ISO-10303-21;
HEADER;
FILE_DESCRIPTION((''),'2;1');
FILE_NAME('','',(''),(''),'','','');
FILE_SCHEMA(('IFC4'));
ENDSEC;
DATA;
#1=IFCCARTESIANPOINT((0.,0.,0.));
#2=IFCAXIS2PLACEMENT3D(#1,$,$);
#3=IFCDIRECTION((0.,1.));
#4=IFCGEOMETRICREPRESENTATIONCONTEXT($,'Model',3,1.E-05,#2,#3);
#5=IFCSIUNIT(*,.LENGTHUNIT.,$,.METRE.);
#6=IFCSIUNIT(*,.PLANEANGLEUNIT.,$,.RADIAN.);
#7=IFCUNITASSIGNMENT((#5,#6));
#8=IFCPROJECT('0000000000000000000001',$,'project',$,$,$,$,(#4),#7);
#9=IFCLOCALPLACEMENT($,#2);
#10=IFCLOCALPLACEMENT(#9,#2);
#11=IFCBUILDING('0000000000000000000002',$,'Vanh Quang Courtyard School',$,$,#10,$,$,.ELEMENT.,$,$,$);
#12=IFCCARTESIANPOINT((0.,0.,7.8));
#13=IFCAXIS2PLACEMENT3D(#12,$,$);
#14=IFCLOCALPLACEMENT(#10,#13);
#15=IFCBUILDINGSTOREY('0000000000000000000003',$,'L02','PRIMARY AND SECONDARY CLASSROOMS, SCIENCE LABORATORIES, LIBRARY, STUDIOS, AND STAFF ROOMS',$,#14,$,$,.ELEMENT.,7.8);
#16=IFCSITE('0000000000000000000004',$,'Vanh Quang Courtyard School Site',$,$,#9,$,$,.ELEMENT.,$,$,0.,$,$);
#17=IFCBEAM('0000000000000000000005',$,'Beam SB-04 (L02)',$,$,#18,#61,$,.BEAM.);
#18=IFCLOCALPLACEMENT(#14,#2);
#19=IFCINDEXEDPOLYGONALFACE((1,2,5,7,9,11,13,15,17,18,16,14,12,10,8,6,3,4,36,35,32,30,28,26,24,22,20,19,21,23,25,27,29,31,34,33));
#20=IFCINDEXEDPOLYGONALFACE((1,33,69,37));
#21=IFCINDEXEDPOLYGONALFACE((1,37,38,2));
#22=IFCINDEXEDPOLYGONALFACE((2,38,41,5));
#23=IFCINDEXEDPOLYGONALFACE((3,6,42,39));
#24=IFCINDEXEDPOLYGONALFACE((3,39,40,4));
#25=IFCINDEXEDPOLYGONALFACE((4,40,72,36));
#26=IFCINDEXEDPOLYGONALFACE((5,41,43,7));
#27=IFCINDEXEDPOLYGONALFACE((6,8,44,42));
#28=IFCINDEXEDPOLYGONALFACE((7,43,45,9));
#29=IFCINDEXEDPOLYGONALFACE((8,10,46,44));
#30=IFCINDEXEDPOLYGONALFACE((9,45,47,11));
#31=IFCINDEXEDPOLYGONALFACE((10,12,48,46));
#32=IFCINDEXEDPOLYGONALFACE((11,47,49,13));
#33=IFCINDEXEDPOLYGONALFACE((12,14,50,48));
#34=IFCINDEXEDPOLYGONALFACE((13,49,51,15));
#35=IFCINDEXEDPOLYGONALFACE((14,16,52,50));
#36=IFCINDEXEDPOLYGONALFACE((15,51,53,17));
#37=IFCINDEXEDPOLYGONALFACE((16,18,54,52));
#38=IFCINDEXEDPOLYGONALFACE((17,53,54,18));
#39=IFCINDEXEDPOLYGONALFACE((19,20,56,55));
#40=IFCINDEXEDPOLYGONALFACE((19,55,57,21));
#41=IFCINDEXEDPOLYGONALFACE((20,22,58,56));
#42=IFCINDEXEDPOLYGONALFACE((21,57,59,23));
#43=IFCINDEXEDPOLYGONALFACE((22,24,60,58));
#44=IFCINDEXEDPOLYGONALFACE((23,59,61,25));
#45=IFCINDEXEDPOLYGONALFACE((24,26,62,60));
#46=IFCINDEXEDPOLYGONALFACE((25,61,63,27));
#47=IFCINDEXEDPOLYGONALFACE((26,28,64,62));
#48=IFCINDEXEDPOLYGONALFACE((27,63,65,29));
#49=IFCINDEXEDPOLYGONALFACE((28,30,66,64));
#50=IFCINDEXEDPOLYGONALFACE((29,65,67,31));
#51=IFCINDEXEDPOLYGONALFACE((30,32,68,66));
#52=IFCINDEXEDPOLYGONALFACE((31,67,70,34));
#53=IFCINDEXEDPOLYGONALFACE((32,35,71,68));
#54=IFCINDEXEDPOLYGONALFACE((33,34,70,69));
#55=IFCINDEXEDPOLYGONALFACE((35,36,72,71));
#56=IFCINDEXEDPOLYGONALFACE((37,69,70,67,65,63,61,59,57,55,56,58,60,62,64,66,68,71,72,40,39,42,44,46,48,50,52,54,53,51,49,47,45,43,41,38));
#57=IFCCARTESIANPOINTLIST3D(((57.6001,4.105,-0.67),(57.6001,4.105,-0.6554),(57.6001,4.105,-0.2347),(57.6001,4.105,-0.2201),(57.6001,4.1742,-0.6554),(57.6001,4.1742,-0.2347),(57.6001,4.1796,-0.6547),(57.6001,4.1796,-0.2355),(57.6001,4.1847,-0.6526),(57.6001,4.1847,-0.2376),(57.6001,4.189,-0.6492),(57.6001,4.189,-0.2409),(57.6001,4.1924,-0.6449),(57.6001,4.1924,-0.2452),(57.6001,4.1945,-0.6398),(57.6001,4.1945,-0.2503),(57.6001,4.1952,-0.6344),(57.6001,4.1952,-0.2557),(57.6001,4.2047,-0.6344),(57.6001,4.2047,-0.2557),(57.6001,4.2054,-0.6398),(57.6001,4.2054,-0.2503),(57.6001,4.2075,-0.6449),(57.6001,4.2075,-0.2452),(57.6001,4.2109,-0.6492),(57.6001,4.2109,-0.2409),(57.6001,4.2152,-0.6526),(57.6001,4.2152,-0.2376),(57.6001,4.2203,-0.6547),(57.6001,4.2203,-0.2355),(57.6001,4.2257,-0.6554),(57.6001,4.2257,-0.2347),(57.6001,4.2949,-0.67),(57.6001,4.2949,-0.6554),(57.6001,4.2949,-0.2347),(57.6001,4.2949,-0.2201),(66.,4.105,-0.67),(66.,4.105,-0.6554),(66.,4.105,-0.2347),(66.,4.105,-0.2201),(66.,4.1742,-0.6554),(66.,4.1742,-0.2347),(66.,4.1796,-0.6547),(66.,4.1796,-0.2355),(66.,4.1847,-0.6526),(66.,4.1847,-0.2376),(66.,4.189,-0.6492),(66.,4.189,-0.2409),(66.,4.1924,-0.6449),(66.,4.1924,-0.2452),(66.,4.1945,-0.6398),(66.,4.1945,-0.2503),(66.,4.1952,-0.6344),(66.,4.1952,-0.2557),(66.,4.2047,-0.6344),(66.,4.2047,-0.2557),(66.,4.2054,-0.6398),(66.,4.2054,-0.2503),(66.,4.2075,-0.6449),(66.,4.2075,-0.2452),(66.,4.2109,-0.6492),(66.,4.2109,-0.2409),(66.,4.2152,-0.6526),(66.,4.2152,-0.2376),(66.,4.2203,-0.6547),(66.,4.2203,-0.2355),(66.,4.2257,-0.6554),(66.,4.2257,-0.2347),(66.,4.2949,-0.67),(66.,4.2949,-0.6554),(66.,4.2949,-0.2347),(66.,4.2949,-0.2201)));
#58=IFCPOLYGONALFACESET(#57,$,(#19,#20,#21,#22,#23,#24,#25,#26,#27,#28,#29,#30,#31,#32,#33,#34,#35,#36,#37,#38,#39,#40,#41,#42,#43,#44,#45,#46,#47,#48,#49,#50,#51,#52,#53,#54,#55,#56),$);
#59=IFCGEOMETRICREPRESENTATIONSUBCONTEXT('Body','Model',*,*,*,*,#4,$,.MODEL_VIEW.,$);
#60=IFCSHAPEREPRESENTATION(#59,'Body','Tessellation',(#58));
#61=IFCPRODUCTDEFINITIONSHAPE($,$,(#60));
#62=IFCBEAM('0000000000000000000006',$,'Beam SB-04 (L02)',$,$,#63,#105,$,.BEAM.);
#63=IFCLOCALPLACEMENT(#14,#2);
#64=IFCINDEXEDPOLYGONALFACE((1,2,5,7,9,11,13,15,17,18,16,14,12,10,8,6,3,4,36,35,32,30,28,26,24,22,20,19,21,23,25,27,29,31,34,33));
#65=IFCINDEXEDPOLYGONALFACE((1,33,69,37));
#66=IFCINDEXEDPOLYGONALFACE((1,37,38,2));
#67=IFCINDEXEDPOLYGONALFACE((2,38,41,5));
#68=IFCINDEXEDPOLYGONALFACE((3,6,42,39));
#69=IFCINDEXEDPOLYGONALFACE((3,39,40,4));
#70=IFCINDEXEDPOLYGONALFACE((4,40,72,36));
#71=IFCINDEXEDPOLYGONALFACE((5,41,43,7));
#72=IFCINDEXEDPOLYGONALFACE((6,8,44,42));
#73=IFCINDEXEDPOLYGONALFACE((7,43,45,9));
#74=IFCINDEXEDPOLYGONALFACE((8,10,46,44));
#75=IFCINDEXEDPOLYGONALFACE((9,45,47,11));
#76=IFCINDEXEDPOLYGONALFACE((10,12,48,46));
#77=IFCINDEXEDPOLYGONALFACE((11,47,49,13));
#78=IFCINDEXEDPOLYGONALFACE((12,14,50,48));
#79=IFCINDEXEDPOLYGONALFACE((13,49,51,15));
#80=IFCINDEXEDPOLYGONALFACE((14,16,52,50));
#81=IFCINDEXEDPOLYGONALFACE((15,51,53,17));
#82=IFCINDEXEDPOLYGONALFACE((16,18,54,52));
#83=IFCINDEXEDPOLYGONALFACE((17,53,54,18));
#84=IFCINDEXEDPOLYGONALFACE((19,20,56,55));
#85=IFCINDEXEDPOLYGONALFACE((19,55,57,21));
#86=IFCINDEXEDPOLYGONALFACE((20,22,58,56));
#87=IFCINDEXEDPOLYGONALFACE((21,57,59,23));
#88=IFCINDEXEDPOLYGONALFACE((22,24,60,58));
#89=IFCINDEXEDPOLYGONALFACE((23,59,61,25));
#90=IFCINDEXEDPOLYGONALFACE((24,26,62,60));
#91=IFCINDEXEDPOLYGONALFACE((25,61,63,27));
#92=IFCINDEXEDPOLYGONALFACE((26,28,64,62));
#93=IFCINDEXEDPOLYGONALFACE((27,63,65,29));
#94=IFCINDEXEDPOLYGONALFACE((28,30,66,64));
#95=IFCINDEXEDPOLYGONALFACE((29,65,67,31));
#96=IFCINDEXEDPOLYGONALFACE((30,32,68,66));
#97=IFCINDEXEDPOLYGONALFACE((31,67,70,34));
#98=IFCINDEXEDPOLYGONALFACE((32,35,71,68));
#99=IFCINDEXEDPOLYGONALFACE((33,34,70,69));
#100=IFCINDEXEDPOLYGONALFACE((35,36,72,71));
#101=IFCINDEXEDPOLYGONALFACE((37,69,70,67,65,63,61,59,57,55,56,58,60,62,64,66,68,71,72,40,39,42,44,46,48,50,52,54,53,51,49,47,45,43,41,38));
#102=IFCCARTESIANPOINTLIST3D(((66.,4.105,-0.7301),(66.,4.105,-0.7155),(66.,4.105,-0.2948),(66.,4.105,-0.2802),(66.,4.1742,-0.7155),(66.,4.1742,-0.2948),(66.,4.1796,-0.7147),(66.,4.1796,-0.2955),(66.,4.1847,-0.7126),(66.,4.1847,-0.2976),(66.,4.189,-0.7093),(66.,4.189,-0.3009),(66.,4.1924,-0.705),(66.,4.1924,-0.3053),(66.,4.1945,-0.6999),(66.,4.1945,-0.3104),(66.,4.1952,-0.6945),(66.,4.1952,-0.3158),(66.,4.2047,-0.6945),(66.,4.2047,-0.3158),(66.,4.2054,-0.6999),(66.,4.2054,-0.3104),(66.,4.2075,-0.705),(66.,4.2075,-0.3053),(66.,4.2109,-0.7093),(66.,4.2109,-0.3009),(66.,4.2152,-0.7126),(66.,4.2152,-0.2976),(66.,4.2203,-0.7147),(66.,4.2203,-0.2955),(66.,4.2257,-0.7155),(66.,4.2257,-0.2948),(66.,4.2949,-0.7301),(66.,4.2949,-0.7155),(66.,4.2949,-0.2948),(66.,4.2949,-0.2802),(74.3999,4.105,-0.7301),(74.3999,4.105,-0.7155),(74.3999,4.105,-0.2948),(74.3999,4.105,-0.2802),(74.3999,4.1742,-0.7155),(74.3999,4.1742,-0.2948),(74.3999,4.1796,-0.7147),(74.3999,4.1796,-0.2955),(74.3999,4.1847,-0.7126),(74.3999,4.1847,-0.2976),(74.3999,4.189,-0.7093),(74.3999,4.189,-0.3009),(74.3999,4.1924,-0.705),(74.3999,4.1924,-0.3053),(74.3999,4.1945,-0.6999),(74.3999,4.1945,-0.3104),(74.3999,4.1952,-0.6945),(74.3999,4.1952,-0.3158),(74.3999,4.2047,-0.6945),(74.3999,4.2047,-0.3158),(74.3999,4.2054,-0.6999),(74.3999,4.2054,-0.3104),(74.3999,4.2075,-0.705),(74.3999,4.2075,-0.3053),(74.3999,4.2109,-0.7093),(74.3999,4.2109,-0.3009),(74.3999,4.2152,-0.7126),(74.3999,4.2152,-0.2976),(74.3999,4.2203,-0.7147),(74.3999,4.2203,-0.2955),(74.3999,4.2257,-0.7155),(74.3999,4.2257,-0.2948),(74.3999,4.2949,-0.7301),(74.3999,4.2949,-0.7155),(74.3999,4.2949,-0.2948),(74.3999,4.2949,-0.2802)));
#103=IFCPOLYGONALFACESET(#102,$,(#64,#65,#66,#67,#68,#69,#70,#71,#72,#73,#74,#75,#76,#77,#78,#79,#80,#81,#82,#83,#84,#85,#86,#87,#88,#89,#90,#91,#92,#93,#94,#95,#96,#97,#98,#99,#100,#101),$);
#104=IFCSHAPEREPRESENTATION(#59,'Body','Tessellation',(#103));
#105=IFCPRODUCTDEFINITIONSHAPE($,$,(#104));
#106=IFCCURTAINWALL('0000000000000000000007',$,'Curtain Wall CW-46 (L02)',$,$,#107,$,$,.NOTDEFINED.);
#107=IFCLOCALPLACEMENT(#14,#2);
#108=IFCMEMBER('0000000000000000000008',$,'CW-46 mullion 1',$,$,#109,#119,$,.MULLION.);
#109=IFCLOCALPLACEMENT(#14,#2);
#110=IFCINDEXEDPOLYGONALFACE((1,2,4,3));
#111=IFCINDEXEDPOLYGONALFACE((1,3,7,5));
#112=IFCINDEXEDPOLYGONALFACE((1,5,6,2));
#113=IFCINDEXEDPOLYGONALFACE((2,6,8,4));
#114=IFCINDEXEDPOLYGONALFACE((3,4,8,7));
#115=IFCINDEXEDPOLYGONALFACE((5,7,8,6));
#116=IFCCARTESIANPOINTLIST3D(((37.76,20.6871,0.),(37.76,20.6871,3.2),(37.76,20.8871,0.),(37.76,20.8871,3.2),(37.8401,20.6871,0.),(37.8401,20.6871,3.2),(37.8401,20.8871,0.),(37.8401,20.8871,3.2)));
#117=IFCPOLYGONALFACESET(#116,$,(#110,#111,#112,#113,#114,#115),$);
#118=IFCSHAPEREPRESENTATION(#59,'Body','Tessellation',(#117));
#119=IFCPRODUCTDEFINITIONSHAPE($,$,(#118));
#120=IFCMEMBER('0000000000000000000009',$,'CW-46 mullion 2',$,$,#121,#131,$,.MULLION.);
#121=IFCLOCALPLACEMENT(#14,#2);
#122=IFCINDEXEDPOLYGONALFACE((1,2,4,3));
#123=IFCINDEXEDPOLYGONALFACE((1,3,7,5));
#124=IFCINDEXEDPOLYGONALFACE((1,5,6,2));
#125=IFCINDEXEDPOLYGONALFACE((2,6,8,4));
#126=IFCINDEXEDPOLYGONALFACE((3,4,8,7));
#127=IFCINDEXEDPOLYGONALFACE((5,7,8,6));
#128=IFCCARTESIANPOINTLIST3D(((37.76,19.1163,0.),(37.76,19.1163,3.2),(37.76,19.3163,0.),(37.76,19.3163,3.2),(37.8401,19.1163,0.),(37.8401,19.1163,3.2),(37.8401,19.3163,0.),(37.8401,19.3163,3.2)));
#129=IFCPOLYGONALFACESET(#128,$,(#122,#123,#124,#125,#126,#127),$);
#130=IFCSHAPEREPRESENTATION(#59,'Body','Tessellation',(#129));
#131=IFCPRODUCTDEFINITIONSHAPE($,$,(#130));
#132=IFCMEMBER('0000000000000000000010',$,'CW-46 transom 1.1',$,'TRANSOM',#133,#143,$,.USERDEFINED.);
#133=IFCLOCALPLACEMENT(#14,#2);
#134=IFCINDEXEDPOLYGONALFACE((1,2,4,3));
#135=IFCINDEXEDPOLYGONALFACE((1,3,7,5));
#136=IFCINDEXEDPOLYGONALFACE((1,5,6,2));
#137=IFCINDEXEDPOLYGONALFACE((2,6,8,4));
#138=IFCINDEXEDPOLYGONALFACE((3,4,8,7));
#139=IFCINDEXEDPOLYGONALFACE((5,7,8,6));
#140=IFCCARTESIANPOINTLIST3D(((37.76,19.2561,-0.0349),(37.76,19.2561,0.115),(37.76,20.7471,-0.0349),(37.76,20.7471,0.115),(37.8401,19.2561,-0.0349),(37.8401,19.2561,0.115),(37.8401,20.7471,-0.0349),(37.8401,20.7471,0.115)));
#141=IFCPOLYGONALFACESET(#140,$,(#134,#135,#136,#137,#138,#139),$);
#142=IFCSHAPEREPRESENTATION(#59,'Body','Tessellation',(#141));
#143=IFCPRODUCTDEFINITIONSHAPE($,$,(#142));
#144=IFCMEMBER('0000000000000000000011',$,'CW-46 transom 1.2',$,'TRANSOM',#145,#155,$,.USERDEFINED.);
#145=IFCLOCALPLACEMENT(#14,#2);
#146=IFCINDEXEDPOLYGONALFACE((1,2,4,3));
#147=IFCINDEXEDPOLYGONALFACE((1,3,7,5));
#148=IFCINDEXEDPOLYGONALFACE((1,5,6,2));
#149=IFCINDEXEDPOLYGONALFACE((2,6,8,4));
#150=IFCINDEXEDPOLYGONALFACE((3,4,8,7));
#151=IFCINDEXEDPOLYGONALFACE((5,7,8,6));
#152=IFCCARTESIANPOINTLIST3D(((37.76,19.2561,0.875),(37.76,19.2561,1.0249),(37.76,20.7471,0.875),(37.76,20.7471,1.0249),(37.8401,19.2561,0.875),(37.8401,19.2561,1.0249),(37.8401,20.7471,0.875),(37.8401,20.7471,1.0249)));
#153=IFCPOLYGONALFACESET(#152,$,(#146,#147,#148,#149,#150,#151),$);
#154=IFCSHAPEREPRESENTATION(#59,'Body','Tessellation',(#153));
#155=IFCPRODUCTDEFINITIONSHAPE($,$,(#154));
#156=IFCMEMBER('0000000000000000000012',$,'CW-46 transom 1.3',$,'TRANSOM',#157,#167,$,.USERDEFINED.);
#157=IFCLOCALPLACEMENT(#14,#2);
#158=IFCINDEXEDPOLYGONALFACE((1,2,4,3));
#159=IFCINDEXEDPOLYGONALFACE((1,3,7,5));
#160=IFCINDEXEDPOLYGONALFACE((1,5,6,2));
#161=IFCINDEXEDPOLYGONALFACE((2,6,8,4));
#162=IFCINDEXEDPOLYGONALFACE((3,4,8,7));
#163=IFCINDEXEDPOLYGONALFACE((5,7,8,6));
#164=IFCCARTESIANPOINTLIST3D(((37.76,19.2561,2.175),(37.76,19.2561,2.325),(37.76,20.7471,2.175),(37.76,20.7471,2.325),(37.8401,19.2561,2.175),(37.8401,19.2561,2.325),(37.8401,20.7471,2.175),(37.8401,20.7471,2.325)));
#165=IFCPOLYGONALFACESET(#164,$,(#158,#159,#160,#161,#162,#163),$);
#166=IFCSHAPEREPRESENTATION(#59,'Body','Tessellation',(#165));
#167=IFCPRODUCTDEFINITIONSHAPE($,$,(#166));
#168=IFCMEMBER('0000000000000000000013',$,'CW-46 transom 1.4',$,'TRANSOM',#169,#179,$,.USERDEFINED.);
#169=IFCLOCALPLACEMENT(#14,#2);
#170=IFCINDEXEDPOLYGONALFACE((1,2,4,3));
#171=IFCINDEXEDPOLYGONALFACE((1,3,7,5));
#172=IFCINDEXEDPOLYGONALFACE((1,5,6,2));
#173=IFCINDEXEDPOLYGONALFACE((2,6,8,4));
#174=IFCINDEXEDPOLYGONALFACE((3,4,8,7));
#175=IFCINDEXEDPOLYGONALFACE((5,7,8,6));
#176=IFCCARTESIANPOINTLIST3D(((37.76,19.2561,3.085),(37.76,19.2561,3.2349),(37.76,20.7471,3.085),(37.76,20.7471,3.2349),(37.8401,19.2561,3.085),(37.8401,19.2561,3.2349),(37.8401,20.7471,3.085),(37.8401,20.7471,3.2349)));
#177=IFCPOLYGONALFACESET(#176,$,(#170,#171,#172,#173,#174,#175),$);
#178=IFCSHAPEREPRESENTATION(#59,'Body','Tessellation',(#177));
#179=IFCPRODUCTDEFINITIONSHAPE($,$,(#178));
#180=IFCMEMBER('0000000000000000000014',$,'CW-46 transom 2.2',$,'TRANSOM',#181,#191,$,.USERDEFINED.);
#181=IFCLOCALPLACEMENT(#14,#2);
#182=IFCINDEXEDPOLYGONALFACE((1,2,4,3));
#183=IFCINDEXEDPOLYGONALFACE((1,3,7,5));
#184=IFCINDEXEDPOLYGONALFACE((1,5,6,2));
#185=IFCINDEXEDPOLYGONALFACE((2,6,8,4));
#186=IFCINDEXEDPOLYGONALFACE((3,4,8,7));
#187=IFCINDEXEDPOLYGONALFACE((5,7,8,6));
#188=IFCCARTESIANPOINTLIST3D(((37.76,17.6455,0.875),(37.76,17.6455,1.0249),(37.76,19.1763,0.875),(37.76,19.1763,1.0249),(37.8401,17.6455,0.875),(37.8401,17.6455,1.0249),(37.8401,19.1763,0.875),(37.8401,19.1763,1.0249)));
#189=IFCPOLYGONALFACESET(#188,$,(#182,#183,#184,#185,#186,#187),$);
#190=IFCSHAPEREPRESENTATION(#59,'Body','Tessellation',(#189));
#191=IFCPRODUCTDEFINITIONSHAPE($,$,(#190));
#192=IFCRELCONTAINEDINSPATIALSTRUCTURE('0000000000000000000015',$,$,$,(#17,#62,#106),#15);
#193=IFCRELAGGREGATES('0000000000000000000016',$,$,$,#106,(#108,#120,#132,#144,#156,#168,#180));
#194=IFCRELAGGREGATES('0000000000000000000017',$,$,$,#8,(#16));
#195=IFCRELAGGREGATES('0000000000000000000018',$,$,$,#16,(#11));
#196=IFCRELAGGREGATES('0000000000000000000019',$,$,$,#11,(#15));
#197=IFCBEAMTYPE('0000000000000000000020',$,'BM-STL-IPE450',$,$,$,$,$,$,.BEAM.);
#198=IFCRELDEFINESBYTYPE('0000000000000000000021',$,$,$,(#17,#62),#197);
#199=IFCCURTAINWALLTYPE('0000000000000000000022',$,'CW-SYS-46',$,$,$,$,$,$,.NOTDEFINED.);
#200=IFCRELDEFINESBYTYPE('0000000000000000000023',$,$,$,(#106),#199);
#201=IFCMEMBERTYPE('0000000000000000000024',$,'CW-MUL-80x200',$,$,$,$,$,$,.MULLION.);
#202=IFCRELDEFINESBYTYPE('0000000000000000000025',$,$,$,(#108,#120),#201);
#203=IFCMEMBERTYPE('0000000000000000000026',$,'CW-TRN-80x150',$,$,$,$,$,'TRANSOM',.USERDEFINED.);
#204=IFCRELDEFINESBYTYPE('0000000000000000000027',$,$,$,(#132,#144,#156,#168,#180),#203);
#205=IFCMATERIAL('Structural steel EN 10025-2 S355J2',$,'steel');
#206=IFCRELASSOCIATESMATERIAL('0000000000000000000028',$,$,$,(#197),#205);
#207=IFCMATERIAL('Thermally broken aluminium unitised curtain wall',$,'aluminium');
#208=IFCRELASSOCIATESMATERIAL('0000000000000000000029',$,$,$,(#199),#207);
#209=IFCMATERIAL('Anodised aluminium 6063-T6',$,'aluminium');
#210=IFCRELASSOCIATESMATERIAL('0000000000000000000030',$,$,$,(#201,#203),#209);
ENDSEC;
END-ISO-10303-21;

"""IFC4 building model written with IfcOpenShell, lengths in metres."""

from ifc_helpers import new_model, si_unit, direction, frame, origin, origin_2d, place, context, subcontext, project, spatial, rectangle, i_section, extrude, material, material_profile, profile_set, type_object, element, aggregate, save


model = new_model("IFC4")

# Units and contexts
model_context = context("Model", 3, precision=1e-05, world=origin(), true_north=direction((0.0, 1.0)))
body_context = subcontext(model_context, "Body", "Model", "MODEL_VIEW")
ifc_project = project(units=[si_unit("LENGTHUNIT", "METRE"), si_unit("PLANEANGLEUNIT", "RADIAN")], contexts=[model_context])

# Site, building, storey
site_placement = place(None, origin())
site = spatial("IfcSite", under=ifc_project, at=site_placement, Name="Vanh Quang Courtyard School Site", CompositionType="ELEMENT", RefElevation=0.0)
building_placement = place(site_placement, origin())
building = spatial("IfcBuilding", under=site, at=building_placement, Name="Vanh Quang Courtyard School", CompositionType="ELEMENT")
storey_placement = place(building_placement, frame((0.0, 0.0, 7.8)))
storey = spatial("IfcBuildingStorey", under=building, at=storey_placement, Name="L02", Description="PRIMARY AND SECONDARY CLASSROOMS, SCIENCE LABORATORIES, LIBRARY, STUDIOS, AND STAFF ROOMS", CompositionType="ELEMENT", Elevation=7.8)

# Beams
ifc_material_1 = material(Name="Structural steel EN 10025-2 S355J2", Category="steel")
ifc_material_profile_1 = material_profile(ifc_material_1, i_section(OverallWidth=0.1899, OverallDepth=0.45, WebThickness=0.0095, FlangeThickness=0.0146, FilletRadius=0.021, at=origin_2d()), Name="IPE 450")
ifc_profile_set_1 = profile_set([ifc_material_profile_1], Name="Structural steel EN 10025-2 S355J2")
beam_type_1 = type_object("IfcBeamType", Name="BM-STL-IPE450", PredefinedType="BEAM", material=ifc_profile_set_1)
for number, where, z_axis, x_axis, name in (
    (1, (57.6001, 4.2, -0.4451), (1.0, 0.0, 0.0), (0.0, 1.0, 0.0), "Beam SB-04 (L02)"),
    (2, (66.0, 4.2, -0.5051), (1.0, 0.0, 0.0), (0.0, 1.0, 0.0), "Beam SB-04 (L02)"),
):
    element("IfcBeam", number, at=place(storey_placement, frame(where, z_axis=z_axis, x_axis=x_axis)), inside=storey, type_object=beam_type_1, Name=name, PredefinedType="BEAM", context=body_context, shape_type="SweptSolid", body=[
        extrude(i_section(OverallWidth=0.1899, OverallDepth=0.45, WebThickness=0.0095, FlangeThickness=0.0146, FilletRadius=0.021, at=origin_2d()), origin(), (0.0, 0.0, 1.0), 8.3999),
    ])

# Curtain wall, members
ifc_material_2 = material(Name="Thermally broken aluminium unitised curtain wall", Category="aluminium")
curtain_wall_type = type_object("IfcCurtainWallType", Name="CW-SYS-46", PredefinedType="NOTDEFINED", material=ifc_material_2)
curtain_wall_placement = place(storey_placement, origin())
curtain_wall = element("IfcCurtainWall", 3, at=curtain_wall_placement, inside=storey, type_object=curtain_wall_type, Name="Curtain Wall CW-46 (L02)", PredefinedType="NOTDEFINED")
ifc_material_3 = material(Name="Anodised aluminium 6063-T6", Category="aluminium")
ifc_material_profile_2 = material_profile(ifc_material_3, rectangle(XDim=0.0801, YDim=0.2, at=origin_2d()), Name="ALU-MUL 80x200")
ifc_profile_set_2 = profile_set([ifc_material_profile_2], Name="Anodised aluminium 6063-T6")
member_type_1 = type_object("IfcMemberType", Name="CW-MUL-80x200", PredefinedType="MULLION", material=ifc_profile_set_2)
member_1_placement = place(storey_placement, frame((37.8, 20.7871, 0.0), z_axis=(0.0, 0.0, 1.0), x_axis=(1.0, 0.0, 0.0)))
member_1 = element("IfcMember", 4, at=member_1_placement, type_object=member_type_1, Name="CW-46 mullion 1", PredefinedType="MULLION", context=body_context, shape_type="SweptSolid", body=[
    extrude(rectangle(XDim=0.0801, YDim=0.2, at=origin_2d()), origin(), (0.0, 0.0, 1.0), 3.2),
])
member_2_placement = place(storey_placement, frame((37.8, 19.2163, 0.0), z_axis=(0.0, 0.0, 1.0), x_axis=(1.0, 0.0, 0.0)))
member_2 = element("IfcMember", 5, at=member_2_placement, type_object=member_type_1, Name="CW-46 mullion 2", PredefinedType="MULLION", context=body_context, shape_type="SweptSolid", body=[
    extrude(rectangle(XDim=0.0801, YDim=0.2, at=origin_2d()), origin(), (0.0, 0.0, 1.0), 3.2),
])
ifc_material_profile_3 = material_profile(ifc_material_3, rectangle(XDim=0.0801, YDim=0.1499, at=origin_2d()), Name="ALU-TRN 80x150")
ifc_profile_set_3 = profile_set([ifc_material_profile_3], Name="Anodised aluminium 6063-T6")
member_type_2 = type_object("IfcMemberType", Name="CW-TRN-80x150", ElementType="TRANSOM", PredefinedType="USERDEFINED", material=ifc_profile_set_3)
member_3_placement = place(storey_placement, frame((37.8, 20.7471, 0.04), z_axis=(0.0, -1.0, 0.0), x_axis=(1.0, 0.0, 0.0)))
member_3 = element("IfcMember", 6, at=member_3_placement, type_object=member_type_2, Name="CW-46 transom 1.1", ObjectType="TRANSOM", PredefinedType="USERDEFINED", context=body_context, shape_type="SweptSolid", body=[
    extrude(rectangle(XDim=0.0801, YDim=0.1499, at=origin_2d()), origin(), (0.0, 0.0, 1.0), 1.491),
])
member_4_placement = place(storey_placement, frame((37.8, 20.7471, 0.95), z_axis=(0.0, -1.0, 0.0), x_axis=(1.0, 0.0, 0.0)))
member_4 = element("IfcMember", 7, at=member_4_placement, type_object=member_type_2, Name="CW-46 transom 1.2", ObjectType="TRANSOM", PredefinedType="USERDEFINED", context=body_context, shape_type="SweptSolid", body=[
    extrude(rectangle(XDim=0.0801, YDim=0.1499, at=origin_2d()), origin(), (0.0, 0.0, 1.0), 1.491),
])
member_5_placement = place(storey_placement, frame((37.8, 20.7471, 2.25), z_axis=(0.0, -1.0, 0.0), x_axis=(1.0, 0.0, 0.0)))
member_5 = element("IfcMember", 8, at=member_5_placement, type_object=member_type_2, Name="CW-46 transom 1.3", ObjectType="TRANSOM", PredefinedType="USERDEFINED", context=body_context, shape_type="SweptSolid", body=[
    extrude(rectangle(XDim=0.0801, YDim=0.1499, at=origin_2d()), origin(), (0.0, 0.0, 1.0), 1.491),
])
member_6_placement = place(storey_placement, frame((37.8, 20.7471, 3.1599), z_axis=(0.0, -1.0, 0.0), x_axis=(1.0, 0.0, 0.0)))
member_6 = element("IfcMember", 9, at=member_6_placement, type_object=member_type_2, Name="CW-46 transom 1.4", ObjectType="TRANSOM", PredefinedType="USERDEFINED", context=body_context, shape_type="SweptSolid", body=[
    extrude(rectangle(XDim=0.0801, YDim=0.1499, at=origin_2d()), origin(), (0.0, 0.0, 1.0), 1.491),
])
member_7_placement = place(storey_placement, frame((37.8, 19.1763, 0.95), z_axis=(0.0, -1.0, 0.0), x_axis=(1.0, 0.0, 0.0)))
member_7 = element("IfcMember", 10, at=member_7_placement, type_object=member_type_2, Name="CW-46 transom 2.2", ObjectType="TRANSOM", PredefinedType="USERDEFINED", context=body_context, shape_type="SweptSolid", body=[
    extrude(rectangle(XDim=0.0801, YDim=0.1499, at=origin_2d()), origin(), (0.0, 0.0, 1.0), 1.5308),
])
aggregate(curtain_wall, [member_1, member_2, member_3, member_4, member_5, member_6, member_7])

save(model, "model.ifc")
